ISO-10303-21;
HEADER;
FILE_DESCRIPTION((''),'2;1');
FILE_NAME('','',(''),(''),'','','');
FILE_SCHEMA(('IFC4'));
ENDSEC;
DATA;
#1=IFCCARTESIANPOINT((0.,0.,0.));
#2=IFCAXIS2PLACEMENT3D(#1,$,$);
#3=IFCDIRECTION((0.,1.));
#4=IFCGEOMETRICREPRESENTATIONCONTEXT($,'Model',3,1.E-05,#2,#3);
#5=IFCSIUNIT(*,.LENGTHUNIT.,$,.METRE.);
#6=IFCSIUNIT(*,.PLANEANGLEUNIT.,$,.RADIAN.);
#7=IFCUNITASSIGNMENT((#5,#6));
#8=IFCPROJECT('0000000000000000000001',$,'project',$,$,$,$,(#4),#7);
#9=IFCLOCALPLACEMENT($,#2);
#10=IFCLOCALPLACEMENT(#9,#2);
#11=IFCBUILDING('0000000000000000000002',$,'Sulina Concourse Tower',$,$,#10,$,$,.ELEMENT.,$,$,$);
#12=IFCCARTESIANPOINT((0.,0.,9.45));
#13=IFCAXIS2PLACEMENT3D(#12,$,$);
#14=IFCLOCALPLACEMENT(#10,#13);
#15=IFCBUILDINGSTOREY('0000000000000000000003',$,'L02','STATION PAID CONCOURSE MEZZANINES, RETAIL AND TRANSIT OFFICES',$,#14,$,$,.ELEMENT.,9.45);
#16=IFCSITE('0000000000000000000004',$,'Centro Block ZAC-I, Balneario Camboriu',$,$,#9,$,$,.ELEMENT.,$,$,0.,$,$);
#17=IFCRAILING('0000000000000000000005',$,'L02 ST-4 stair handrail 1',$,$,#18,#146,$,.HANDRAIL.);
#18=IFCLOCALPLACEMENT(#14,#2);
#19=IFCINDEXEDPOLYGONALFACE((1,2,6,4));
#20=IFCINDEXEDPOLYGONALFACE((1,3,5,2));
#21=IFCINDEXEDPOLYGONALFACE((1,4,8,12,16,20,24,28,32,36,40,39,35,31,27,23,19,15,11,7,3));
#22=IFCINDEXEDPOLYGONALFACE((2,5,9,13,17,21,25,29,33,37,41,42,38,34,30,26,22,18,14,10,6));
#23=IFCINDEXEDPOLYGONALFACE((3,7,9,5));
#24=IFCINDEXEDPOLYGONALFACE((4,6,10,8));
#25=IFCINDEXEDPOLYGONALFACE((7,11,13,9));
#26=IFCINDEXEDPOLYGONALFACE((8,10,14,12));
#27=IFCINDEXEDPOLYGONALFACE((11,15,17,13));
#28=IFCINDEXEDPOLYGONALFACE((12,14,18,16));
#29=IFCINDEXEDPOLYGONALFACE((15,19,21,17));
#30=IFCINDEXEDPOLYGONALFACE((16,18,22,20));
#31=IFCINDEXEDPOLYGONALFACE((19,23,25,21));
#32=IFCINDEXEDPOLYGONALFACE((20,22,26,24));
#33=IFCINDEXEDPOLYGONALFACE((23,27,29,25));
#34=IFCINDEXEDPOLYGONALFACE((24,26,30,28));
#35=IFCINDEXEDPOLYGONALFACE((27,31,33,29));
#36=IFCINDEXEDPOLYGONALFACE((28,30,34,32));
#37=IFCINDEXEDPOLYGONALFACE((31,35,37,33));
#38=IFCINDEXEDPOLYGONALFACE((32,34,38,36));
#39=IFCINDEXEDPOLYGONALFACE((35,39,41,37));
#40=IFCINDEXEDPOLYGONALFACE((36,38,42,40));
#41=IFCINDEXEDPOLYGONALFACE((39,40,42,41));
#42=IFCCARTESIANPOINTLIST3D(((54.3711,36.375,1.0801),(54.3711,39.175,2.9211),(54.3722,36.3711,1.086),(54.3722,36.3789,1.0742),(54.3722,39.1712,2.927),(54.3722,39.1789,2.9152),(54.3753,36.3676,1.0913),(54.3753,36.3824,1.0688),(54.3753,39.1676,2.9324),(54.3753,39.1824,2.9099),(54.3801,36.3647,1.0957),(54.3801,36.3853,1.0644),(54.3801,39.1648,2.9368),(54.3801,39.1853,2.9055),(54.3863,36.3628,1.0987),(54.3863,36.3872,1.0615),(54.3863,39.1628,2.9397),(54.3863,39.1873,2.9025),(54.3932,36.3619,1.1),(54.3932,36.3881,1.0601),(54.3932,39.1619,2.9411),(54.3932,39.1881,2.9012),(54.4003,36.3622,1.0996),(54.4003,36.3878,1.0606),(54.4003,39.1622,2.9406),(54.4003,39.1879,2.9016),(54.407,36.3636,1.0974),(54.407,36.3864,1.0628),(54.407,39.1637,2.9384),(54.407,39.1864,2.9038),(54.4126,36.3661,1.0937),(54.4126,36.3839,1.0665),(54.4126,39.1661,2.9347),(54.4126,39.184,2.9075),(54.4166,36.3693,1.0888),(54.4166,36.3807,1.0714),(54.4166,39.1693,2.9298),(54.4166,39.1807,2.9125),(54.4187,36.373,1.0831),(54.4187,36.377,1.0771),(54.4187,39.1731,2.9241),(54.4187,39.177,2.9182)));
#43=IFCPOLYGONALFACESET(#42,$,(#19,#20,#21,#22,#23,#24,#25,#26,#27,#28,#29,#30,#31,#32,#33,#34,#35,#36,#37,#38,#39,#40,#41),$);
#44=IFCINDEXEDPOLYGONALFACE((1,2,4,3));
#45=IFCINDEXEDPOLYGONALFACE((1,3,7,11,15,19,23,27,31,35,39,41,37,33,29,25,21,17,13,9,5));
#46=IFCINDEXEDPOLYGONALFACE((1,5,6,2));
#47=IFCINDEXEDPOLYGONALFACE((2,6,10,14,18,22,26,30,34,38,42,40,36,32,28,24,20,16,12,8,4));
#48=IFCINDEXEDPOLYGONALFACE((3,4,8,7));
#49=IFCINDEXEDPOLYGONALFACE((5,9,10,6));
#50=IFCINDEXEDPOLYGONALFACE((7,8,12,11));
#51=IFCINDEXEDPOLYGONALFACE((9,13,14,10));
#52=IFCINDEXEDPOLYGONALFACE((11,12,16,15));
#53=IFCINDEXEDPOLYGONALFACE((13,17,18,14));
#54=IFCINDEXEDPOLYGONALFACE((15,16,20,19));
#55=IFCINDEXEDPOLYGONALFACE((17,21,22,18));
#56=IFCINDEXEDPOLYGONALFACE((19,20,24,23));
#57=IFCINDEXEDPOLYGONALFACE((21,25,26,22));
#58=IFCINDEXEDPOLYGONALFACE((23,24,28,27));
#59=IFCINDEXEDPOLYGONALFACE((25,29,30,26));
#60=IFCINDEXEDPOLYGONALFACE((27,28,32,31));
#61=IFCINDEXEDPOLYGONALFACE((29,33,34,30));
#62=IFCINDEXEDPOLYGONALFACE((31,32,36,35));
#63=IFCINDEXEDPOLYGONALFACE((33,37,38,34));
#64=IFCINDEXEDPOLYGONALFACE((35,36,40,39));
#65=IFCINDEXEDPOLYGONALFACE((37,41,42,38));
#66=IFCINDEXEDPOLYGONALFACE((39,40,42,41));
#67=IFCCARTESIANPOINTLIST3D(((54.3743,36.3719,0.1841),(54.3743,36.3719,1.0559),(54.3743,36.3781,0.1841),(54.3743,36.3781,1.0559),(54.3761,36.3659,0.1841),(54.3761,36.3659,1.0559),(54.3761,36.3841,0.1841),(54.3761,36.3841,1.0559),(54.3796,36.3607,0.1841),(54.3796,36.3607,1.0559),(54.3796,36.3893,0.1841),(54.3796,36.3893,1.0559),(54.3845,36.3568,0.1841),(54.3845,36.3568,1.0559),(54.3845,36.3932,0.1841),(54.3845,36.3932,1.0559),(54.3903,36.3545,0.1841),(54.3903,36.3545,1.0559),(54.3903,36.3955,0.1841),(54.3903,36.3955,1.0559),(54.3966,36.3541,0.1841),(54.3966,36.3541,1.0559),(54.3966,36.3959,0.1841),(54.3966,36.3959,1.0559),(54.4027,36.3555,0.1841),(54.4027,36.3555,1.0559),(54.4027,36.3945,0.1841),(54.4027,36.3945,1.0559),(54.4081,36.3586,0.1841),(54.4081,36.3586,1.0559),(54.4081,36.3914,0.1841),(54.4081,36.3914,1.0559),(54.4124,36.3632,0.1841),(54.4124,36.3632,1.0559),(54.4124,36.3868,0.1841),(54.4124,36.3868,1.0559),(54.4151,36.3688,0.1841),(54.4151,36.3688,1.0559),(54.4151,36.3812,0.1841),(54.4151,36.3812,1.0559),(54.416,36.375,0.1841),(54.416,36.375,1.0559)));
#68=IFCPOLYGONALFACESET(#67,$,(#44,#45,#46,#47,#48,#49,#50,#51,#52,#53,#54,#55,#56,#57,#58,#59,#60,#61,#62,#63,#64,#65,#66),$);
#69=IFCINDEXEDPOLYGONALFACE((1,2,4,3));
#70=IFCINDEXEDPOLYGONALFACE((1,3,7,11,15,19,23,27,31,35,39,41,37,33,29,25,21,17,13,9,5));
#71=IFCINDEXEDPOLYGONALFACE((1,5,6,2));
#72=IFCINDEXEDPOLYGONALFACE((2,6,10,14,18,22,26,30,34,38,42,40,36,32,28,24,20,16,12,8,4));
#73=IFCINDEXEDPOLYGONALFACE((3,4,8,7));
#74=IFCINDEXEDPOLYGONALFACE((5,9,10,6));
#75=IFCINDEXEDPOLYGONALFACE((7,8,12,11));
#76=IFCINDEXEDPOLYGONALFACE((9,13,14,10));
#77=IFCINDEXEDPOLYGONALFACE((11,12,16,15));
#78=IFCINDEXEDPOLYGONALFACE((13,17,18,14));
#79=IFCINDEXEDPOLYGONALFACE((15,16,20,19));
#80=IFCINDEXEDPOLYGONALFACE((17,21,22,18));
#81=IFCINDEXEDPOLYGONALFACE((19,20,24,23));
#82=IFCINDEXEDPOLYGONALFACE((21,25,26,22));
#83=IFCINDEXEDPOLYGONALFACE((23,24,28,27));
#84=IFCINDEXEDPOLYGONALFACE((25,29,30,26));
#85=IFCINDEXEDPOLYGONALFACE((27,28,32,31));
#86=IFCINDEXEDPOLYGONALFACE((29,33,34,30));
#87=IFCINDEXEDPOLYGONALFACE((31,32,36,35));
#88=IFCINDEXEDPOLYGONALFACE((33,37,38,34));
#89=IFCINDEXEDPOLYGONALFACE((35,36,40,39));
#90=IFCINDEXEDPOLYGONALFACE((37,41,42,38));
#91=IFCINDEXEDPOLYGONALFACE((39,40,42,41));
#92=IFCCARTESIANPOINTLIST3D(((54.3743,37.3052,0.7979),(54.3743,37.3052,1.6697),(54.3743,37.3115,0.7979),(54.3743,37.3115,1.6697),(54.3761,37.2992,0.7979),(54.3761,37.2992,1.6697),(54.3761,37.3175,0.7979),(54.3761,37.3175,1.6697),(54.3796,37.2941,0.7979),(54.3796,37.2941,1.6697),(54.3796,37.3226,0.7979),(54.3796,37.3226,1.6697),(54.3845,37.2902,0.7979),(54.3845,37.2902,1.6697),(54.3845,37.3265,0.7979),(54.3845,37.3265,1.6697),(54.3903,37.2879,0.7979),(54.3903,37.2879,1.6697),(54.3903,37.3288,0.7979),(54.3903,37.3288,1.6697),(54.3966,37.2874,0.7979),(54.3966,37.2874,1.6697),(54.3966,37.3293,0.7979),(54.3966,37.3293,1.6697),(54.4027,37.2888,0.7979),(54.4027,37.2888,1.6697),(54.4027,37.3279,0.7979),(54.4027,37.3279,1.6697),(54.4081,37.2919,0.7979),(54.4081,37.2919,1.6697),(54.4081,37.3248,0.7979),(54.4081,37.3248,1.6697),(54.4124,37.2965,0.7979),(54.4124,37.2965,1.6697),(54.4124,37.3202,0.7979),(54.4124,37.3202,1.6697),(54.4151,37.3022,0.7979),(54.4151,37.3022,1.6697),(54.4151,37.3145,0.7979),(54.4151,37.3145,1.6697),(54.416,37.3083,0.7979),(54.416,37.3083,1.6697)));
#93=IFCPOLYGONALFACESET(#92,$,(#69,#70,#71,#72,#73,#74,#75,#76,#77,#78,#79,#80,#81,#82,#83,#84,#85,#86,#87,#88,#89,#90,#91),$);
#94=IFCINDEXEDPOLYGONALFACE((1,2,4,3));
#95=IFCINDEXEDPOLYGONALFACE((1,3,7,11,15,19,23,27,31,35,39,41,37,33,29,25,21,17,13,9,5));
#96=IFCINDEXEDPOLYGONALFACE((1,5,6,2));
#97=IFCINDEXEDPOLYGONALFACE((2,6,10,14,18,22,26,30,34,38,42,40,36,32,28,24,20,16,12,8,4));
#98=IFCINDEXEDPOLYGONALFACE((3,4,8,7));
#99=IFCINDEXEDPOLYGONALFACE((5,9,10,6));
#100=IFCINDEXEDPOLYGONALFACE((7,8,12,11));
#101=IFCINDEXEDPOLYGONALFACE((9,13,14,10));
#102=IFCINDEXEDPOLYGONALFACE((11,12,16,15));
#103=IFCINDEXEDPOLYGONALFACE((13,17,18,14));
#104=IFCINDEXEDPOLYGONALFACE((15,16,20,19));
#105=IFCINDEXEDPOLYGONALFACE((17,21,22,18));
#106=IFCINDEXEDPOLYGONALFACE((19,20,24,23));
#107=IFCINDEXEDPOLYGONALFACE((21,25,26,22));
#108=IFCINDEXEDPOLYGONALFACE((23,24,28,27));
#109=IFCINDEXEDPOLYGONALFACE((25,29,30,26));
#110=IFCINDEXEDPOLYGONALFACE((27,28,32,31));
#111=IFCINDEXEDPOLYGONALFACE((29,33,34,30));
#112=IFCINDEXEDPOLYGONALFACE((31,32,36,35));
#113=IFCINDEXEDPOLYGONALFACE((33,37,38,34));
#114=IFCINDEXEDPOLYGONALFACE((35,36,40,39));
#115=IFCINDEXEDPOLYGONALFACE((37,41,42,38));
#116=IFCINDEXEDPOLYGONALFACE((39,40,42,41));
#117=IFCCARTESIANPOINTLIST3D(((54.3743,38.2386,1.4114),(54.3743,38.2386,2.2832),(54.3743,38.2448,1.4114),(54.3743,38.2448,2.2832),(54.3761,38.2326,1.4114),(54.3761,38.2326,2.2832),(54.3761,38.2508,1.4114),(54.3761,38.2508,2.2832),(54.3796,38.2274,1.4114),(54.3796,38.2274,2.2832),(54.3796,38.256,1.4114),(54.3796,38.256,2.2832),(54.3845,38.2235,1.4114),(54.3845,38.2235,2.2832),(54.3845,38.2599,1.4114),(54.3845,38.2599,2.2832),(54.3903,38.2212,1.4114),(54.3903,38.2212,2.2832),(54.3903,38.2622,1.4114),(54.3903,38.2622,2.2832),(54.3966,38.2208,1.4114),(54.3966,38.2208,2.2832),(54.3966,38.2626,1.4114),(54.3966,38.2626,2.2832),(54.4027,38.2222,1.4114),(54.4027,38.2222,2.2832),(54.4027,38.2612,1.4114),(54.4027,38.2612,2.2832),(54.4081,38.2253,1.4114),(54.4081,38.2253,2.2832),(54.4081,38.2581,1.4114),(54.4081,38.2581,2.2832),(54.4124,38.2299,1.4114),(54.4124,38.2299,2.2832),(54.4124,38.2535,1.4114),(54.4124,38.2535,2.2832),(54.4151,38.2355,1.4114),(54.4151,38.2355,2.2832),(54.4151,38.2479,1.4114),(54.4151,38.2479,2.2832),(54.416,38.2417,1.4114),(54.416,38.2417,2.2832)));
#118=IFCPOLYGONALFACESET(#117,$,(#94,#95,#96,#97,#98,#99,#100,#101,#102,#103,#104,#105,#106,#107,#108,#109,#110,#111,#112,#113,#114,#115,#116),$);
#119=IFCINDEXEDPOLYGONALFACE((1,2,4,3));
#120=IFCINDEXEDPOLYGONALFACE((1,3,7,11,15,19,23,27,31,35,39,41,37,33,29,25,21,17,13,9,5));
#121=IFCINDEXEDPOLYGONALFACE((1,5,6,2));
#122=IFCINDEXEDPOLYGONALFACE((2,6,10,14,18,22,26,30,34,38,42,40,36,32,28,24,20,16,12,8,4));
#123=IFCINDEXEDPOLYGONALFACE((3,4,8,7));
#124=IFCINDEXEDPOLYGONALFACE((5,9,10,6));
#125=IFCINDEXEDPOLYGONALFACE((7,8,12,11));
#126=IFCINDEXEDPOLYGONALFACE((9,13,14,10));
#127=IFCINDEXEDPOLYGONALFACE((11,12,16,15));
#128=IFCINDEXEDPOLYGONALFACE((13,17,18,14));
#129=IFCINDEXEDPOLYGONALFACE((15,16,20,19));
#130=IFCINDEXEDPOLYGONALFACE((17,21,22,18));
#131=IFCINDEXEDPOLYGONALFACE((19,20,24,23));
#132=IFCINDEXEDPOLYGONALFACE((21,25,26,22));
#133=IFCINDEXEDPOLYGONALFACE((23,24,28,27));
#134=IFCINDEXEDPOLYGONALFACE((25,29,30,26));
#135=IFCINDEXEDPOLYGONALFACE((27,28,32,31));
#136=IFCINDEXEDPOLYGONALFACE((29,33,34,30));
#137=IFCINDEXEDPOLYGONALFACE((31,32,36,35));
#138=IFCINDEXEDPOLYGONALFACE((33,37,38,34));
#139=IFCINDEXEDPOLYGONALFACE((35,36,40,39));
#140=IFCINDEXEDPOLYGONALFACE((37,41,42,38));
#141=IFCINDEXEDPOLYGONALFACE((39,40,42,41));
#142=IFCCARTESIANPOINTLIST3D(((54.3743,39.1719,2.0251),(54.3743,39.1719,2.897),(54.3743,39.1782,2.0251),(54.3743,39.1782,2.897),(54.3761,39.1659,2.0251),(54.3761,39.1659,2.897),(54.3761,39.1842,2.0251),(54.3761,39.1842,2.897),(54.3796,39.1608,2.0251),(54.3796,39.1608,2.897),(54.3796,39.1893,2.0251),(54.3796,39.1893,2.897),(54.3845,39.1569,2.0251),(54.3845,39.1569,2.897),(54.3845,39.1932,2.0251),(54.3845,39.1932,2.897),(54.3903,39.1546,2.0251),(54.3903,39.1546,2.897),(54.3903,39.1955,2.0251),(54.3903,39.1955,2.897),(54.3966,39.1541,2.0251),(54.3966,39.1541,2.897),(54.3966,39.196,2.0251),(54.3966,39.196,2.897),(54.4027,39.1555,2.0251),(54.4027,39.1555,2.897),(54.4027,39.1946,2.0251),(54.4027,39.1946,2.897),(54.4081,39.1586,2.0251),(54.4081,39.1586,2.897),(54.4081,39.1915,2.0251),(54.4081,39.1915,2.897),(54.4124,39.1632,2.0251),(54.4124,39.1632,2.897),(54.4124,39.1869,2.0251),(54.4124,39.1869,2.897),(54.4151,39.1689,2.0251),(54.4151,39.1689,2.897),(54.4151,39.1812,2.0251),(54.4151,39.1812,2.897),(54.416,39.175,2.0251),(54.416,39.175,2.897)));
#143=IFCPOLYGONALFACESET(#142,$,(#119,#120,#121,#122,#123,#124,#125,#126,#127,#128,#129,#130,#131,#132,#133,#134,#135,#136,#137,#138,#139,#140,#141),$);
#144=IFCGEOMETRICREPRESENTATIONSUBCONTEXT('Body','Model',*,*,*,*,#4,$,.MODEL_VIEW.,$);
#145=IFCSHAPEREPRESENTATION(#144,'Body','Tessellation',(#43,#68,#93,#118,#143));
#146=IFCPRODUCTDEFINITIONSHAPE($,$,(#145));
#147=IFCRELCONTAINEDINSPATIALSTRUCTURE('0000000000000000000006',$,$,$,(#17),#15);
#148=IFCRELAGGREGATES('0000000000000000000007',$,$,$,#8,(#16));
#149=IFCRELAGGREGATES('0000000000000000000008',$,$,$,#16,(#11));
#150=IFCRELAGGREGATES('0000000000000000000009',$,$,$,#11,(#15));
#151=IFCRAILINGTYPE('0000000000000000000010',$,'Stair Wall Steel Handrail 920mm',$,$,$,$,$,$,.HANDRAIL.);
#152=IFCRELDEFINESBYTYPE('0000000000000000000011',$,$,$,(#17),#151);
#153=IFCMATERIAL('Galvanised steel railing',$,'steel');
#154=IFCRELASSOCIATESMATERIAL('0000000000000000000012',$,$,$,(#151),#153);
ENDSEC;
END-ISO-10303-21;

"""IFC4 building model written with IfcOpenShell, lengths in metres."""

from ifc_helpers import new_model, si_unit, direction, frame, origin, origin_2d, place, context, subcontext, project, spatial, circle, extrude, material, type_object, element, save


model = new_model("IFC4")

# Units and contexts
model_context = context("Model", 3, precision=1e-05, world=origin(), true_north=direction((0.0, 1.0)))
body_context = subcontext(model_context, "Body", "Model", "MODEL_VIEW")
ifc_project = project(units=[si_unit("LENGTHUNIT", "METRE"), si_unit("PLANEANGLEUNIT", "RADIAN")], contexts=[model_context])

# Site, building, storey
site_placement = place(None, origin())
site = spatial("IfcSite", under=ifc_project, at=site_placement, Name="Centro Block ZAC-I, Balneario Camboriu", CompositionType="ELEMENT", RefElevation=0.0)
building_placement = place(site_placement, origin())
building = spatial("IfcBuilding", under=site, at=building_placement, Name="Sulina Concourse Tower", CompositionType="ELEMENT")
storey_placement = place(building_placement, frame((0.0, 0.0, 9.45)))
storey = spatial("IfcBuildingStorey", under=building, at=storey_placement, Name="L02", Description="STATION PAID CONCOURSE MEZZANINES, RETAIL AND TRANSIT OFFICES", CompositionType="ELEMENT", Elevation=9.45)

# Railing
ifc_material_1 = material(Name="Galvanised steel railing", Category="steel")
railing_type_1 = type_object("IfcRailingType", Name="Stair Wall Steel Handrail 920mm", PredefinedType="HANDRAIL", material=ifc_material_1)
railing_1_placement = place(storey_placement, frame((54.395, 36.375, 0.1841)))
element("IfcRailing", 1, at=railing_1_placement, inside=storey, type_object=railing_type_1, Name="L02 ST-4 stair handrail 1", PredefinedType="HANDRAIL", context=body_context, shape_type="SweptSolid", body=[
    extrude(circle(Radius=0.0239, at=origin_2d()), frame((0.0, 0.0, 0.896), z_axis=(0.0, 0.835564, 0.549393), x_axis=(-1.0, 0.0, 0.0)), (0.0, 0.0, 1.0), 3.3511),
    extrude(circle(Radius=0.021, at=origin_2d()), origin(), (0.0, 0.0, 1.0), 0.8718),
    extrude(circle(Radius=0.021, at=origin_2d()), frame((0.0, 0.9333, 0.6138)), (0.0, 0.0, 1.0), 0.8718),
    extrude(circle(Radius=0.021, at=origin_2d()), frame((0.0, 1.8667, 1.2273)), (0.0, 0.0, 1.0), 0.8718),
    extrude(circle(Radius=0.021, at=origin_2d()), frame((0.0, 2.8, 1.8411)), (0.0, 0.0, 1.0), 0.8718),
])

save(model, "model.ifc")
